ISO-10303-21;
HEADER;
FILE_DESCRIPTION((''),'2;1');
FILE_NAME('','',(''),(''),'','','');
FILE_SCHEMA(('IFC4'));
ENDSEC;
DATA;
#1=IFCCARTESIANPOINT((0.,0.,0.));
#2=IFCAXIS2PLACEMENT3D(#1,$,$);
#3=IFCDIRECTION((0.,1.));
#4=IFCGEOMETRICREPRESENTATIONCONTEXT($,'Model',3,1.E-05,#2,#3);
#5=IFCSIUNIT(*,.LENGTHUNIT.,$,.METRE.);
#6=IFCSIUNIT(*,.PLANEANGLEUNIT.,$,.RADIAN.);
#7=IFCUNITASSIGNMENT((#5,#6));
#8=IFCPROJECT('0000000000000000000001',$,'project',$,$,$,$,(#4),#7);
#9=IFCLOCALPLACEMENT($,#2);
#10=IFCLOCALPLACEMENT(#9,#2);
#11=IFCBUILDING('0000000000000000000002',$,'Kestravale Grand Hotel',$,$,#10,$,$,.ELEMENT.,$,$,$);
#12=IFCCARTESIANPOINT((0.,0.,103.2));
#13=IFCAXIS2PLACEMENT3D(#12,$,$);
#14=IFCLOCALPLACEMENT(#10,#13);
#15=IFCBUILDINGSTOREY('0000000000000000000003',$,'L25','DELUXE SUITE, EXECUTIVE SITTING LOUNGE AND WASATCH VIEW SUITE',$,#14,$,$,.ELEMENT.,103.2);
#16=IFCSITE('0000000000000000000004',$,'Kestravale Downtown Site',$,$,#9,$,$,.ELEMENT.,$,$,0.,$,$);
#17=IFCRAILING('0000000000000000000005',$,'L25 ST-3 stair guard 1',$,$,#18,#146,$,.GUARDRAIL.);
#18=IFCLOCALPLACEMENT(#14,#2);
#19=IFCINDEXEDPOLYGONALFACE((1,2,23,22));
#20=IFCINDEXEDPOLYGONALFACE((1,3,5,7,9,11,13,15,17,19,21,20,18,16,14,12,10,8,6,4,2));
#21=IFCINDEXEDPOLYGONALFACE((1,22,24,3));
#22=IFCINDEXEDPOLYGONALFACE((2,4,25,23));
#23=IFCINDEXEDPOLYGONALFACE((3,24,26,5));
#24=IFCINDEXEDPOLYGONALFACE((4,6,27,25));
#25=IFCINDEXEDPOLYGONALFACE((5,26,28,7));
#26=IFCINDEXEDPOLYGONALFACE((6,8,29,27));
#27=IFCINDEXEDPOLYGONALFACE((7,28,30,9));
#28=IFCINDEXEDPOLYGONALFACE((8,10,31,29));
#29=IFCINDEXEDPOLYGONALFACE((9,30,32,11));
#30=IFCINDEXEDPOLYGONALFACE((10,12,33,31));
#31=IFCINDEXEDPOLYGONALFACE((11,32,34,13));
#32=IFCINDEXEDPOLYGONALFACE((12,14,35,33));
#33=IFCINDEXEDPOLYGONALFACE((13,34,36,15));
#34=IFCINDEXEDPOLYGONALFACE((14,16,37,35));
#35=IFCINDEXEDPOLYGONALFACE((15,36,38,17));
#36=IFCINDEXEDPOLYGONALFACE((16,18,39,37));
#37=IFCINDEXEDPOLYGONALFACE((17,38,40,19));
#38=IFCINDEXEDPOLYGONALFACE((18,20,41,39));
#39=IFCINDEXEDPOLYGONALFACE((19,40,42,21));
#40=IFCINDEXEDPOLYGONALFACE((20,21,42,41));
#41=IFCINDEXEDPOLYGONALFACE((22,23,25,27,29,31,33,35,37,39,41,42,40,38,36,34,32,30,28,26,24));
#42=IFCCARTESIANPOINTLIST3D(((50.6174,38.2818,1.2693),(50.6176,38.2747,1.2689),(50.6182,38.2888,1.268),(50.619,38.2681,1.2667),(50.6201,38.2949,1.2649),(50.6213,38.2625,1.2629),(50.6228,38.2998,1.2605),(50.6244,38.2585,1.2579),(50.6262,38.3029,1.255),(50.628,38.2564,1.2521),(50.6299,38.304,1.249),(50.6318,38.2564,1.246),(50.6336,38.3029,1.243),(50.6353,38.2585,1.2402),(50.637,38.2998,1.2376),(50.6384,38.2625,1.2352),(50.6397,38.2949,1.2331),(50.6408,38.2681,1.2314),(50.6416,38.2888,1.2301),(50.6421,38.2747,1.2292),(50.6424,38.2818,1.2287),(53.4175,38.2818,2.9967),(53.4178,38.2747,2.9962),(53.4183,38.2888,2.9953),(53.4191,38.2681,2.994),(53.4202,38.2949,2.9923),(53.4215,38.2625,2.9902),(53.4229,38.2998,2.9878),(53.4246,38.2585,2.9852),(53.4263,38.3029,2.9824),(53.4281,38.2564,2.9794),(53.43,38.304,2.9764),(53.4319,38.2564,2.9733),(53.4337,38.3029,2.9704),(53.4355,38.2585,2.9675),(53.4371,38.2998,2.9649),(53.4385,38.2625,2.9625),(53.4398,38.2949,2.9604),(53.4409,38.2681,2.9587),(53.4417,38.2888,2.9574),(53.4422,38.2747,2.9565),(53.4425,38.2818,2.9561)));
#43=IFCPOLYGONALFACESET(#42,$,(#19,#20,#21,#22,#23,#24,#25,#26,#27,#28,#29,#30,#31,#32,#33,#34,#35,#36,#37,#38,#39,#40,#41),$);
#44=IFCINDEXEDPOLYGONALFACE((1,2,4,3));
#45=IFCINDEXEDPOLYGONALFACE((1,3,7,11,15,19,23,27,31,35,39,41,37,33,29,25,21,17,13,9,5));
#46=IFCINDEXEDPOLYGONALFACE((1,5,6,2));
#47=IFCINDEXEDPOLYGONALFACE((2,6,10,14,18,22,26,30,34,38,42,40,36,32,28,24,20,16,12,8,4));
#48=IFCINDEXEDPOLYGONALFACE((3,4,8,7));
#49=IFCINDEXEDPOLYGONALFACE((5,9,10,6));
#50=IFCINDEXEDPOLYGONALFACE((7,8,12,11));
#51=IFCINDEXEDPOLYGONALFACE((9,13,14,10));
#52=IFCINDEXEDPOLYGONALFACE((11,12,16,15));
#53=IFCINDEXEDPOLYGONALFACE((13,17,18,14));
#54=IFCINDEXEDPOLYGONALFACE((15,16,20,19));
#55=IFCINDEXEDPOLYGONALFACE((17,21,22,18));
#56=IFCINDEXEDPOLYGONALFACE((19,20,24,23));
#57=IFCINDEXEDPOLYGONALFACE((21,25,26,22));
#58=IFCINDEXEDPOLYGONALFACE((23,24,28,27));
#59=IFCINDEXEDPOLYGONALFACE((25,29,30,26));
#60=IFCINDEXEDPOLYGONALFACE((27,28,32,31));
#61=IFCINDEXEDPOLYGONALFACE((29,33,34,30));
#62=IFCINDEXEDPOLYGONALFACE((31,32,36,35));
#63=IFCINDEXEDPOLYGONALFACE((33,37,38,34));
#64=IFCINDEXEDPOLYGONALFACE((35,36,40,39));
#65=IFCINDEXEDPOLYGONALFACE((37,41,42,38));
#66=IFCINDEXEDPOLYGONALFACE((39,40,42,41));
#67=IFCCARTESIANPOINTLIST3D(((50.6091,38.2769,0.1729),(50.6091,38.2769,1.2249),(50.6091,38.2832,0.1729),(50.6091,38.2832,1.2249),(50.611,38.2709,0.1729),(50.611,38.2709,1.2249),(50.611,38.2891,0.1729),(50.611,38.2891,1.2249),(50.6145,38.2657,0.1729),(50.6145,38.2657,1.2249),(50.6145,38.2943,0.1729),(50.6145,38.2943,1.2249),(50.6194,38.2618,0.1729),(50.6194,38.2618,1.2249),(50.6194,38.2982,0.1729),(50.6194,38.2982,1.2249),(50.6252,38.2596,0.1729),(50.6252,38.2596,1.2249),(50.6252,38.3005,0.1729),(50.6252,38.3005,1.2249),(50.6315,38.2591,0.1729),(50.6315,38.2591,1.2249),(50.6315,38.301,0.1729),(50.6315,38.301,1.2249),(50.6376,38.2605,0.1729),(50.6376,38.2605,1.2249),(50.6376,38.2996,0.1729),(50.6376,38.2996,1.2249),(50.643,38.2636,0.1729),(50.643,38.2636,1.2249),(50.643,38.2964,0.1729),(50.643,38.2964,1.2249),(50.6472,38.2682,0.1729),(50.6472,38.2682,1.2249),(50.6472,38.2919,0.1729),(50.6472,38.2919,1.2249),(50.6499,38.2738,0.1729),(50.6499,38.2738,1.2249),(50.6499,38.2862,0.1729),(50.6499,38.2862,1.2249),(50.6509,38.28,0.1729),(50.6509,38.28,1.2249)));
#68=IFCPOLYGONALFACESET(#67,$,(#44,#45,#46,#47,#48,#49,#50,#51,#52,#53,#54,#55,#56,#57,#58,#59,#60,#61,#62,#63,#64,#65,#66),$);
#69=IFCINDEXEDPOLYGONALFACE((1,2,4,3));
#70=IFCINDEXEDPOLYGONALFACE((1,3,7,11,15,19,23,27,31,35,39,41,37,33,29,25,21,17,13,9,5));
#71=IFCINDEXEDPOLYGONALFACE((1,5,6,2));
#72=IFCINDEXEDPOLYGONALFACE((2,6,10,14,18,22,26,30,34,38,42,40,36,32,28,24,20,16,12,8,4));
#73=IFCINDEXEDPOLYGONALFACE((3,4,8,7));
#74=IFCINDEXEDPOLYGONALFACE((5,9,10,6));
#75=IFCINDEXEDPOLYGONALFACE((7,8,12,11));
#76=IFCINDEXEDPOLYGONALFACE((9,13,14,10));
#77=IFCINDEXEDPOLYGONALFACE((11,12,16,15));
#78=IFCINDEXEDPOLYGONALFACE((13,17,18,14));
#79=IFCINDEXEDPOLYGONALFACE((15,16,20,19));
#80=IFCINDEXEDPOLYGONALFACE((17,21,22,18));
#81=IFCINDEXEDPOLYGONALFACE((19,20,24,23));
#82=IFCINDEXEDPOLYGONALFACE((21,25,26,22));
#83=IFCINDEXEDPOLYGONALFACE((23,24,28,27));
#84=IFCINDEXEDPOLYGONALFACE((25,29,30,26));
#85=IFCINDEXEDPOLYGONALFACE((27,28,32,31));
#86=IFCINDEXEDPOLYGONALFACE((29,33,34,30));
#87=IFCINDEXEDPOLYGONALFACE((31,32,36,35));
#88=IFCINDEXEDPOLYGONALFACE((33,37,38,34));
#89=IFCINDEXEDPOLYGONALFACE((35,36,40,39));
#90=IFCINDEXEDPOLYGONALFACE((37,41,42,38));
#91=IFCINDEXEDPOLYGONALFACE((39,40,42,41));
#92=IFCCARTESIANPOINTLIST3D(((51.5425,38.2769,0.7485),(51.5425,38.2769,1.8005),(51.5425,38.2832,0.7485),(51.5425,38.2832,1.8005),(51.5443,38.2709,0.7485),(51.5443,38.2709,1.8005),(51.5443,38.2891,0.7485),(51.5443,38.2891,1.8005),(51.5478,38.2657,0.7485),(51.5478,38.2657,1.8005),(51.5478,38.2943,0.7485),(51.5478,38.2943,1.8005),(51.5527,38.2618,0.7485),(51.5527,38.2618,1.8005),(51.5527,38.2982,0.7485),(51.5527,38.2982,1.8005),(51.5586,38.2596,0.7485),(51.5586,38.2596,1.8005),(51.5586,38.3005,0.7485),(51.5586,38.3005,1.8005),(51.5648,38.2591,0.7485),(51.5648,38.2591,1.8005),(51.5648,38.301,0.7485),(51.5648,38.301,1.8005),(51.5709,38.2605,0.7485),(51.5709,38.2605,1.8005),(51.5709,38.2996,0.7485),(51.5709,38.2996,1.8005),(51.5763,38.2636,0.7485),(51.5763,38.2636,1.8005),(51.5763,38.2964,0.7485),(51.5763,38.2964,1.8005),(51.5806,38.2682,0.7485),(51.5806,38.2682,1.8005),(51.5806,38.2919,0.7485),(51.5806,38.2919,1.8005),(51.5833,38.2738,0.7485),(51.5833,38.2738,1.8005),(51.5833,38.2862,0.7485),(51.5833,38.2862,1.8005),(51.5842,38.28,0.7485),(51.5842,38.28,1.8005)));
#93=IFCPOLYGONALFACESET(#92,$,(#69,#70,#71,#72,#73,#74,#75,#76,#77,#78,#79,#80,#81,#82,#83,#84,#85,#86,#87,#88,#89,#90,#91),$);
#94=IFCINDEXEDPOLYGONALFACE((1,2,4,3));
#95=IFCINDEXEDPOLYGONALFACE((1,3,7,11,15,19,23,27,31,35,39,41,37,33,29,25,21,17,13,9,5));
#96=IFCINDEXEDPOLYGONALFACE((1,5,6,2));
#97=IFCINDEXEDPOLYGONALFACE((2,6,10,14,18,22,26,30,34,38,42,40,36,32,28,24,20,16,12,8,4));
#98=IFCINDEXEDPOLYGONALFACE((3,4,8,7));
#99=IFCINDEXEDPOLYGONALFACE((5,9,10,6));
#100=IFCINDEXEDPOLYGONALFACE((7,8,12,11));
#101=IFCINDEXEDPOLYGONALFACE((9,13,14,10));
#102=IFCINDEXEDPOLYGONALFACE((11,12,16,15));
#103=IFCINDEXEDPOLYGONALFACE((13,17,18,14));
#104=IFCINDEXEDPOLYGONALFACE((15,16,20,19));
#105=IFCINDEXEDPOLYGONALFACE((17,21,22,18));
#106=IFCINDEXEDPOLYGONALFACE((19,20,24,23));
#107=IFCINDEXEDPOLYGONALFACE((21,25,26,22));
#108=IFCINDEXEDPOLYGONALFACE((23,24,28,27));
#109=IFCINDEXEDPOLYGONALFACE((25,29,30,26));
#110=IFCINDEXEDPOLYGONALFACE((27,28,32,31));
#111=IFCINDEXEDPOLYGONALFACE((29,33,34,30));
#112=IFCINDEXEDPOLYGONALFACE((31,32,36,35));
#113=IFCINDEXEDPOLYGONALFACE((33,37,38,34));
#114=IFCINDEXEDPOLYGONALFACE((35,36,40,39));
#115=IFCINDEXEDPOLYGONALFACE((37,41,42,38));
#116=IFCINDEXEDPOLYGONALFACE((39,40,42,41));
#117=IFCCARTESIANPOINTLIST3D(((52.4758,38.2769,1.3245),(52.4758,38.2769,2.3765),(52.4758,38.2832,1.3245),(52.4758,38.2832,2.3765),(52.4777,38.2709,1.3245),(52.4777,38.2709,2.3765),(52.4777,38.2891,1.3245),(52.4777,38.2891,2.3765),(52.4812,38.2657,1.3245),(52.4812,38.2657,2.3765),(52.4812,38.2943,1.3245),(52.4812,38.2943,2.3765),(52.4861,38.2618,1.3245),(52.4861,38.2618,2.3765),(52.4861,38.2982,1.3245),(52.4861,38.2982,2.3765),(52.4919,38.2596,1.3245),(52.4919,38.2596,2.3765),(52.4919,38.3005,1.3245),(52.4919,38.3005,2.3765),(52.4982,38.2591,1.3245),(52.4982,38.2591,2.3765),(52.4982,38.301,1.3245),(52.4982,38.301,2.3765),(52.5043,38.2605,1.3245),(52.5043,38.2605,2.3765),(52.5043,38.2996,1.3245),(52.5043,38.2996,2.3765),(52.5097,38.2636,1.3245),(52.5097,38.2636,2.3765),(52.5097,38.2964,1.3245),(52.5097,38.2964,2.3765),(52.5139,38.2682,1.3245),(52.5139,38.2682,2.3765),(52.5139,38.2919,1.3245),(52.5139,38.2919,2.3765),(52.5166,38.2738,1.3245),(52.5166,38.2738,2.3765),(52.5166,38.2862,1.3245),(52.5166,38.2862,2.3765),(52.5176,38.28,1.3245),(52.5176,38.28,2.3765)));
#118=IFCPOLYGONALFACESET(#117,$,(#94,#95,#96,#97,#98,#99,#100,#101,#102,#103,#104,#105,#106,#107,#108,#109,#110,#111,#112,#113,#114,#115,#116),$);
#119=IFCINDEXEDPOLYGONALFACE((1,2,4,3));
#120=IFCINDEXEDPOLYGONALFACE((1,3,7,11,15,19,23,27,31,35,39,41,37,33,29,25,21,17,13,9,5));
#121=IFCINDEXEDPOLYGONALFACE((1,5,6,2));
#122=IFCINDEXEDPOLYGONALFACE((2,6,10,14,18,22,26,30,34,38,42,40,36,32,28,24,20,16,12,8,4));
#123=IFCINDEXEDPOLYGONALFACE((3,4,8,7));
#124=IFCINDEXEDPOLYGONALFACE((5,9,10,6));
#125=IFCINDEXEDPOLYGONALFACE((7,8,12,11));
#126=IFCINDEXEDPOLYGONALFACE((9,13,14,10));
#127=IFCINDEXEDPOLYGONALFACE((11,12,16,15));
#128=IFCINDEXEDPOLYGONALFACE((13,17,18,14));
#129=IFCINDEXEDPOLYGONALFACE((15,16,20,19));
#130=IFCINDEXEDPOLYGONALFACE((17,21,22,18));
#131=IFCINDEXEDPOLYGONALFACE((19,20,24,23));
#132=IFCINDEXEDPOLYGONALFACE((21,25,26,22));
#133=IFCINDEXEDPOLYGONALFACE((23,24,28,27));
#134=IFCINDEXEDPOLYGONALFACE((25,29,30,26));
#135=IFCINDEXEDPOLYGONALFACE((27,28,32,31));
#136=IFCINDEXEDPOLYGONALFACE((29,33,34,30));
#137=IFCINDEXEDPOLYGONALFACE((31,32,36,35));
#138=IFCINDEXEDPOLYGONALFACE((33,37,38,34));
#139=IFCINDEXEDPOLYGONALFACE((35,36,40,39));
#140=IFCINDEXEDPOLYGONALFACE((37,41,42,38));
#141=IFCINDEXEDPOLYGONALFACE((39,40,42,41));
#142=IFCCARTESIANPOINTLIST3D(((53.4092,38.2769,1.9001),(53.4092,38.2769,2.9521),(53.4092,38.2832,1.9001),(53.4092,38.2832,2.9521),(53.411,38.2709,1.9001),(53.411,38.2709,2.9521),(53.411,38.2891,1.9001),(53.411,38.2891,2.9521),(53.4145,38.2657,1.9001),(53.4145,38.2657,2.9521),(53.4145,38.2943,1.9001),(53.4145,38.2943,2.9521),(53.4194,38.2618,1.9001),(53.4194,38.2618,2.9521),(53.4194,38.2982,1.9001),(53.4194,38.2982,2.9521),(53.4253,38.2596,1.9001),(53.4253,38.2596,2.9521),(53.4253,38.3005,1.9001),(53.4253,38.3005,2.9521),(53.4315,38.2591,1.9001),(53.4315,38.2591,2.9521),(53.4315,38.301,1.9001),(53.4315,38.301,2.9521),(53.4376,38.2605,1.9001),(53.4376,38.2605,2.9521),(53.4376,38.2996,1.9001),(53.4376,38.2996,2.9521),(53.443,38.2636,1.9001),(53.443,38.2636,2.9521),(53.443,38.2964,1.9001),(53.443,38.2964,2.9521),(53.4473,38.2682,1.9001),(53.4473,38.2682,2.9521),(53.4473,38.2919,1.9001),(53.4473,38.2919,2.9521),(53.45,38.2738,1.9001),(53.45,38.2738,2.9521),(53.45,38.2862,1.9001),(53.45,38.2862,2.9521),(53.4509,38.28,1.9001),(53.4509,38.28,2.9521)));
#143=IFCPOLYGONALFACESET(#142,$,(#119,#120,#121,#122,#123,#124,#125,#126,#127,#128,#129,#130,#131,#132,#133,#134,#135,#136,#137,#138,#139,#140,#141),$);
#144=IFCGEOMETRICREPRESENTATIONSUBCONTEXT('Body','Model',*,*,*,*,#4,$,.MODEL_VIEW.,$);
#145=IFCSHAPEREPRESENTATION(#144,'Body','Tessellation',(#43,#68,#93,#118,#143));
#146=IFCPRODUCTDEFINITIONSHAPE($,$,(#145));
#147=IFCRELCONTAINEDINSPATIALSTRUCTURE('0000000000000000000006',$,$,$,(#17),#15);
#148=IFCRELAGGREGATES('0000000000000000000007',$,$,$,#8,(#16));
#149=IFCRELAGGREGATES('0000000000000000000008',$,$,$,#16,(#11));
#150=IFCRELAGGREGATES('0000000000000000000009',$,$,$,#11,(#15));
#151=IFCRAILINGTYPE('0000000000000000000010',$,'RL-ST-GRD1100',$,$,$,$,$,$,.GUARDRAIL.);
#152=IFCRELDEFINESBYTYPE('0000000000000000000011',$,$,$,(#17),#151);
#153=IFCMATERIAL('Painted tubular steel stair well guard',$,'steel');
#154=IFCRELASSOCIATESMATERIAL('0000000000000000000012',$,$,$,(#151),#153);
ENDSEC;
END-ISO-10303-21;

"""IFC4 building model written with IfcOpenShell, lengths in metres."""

from ifc_helpers import new_model, si_unit, direction, frame, origin, origin_2d, place, context, subcontext, project, spatial, circle, extrude, material, type_object, element, save


model = new_model("IFC4")

# Units and contexts
model_context = context("Model", 3, precision=1e-05, world=origin(), true_north=direction((0.0, 1.0)))
body_context = subcontext(model_context, "Body", "Model", "MODEL_VIEW")
ifc_project = project(units=[si_unit("LENGTHUNIT", "METRE"), si_unit("PLANEANGLEUNIT", "RADIAN")], contexts=[model_context])

# Site, building, storey
site_placement = place(None, origin())
site = spatial("IfcSite", under=ifc_project, at=site_placement, Name="Kestravale Downtown Site", CompositionType="ELEMENT", RefElevation=0.0)
building_placement = place(site_placement, origin())
building = spatial("IfcBuilding", under=site, at=building_placement, Name="Kestravale Grand Hotel", CompositionType="ELEMENT")
storey_placement = place(building_placement, frame((0.0, 0.0, 103.2)))
storey = spatial("IfcBuildingStorey", under=building, at=storey_placement, Name="L25", Description="DELUXE SUITE, EXECUTIVE SITTING LOUNGE AND WASATCH VIEW SUITE", CompositionType="ELEMENT", Elevation=103.2)

# Railing
ifc_material_1 = material(Name="Painted tubular steel stair well guard", Category="steel")
railing_type_1 = type_object("IfcRailingType", Name="RL-ST-GRD1100", PredefinedType="GUARDRAIL", material=ifc_material_1)
railing_1_placement = place(storey_placement, frame((50.6299, 38.28, 0.1729)))
element("IfcRailing", 1, at=railing_1_placement, inside=storey, type_object=railing_type_1, Name="L25 ST-3 stair guard 1", PredefinedType="GUARDRAIL", context=body_context, shape_type="SweptSolid", body=[
    extrude(circle(Radius=0.0239, at=origin_2d()), frame((0.0, 0.0, 1.0762), z_axis=(0.85109, 0.0, 0.52502), x_axis=(0.0, 1.0, 0.0)), (0.0, 0.0, 1.0), 3.29),
    extrude(circle(Radius=0.021, at=origin_2d()), origin(), (0.0, 0.0, 1.0), 1.052),
    extrude(circle(Radius=0.021, at=origin_2d()), frame((0.9333, 0.0, 0.5757)), (0.0, 0.0, 1.0), 1.052),
    extrude(circle(Radius=0.021, at=origin_2d()), frame((1.8667, 0.0, 1.1516)), (0.0, 0.0, 1.0), 1.052),
    extrude(circle(Radius=0.021, at=origin_2d()), frame((2.8, 0.0, 1.7273)), (0.0, 0.0, 1.0), 1.052),
])

save(model, "model.ifc")
